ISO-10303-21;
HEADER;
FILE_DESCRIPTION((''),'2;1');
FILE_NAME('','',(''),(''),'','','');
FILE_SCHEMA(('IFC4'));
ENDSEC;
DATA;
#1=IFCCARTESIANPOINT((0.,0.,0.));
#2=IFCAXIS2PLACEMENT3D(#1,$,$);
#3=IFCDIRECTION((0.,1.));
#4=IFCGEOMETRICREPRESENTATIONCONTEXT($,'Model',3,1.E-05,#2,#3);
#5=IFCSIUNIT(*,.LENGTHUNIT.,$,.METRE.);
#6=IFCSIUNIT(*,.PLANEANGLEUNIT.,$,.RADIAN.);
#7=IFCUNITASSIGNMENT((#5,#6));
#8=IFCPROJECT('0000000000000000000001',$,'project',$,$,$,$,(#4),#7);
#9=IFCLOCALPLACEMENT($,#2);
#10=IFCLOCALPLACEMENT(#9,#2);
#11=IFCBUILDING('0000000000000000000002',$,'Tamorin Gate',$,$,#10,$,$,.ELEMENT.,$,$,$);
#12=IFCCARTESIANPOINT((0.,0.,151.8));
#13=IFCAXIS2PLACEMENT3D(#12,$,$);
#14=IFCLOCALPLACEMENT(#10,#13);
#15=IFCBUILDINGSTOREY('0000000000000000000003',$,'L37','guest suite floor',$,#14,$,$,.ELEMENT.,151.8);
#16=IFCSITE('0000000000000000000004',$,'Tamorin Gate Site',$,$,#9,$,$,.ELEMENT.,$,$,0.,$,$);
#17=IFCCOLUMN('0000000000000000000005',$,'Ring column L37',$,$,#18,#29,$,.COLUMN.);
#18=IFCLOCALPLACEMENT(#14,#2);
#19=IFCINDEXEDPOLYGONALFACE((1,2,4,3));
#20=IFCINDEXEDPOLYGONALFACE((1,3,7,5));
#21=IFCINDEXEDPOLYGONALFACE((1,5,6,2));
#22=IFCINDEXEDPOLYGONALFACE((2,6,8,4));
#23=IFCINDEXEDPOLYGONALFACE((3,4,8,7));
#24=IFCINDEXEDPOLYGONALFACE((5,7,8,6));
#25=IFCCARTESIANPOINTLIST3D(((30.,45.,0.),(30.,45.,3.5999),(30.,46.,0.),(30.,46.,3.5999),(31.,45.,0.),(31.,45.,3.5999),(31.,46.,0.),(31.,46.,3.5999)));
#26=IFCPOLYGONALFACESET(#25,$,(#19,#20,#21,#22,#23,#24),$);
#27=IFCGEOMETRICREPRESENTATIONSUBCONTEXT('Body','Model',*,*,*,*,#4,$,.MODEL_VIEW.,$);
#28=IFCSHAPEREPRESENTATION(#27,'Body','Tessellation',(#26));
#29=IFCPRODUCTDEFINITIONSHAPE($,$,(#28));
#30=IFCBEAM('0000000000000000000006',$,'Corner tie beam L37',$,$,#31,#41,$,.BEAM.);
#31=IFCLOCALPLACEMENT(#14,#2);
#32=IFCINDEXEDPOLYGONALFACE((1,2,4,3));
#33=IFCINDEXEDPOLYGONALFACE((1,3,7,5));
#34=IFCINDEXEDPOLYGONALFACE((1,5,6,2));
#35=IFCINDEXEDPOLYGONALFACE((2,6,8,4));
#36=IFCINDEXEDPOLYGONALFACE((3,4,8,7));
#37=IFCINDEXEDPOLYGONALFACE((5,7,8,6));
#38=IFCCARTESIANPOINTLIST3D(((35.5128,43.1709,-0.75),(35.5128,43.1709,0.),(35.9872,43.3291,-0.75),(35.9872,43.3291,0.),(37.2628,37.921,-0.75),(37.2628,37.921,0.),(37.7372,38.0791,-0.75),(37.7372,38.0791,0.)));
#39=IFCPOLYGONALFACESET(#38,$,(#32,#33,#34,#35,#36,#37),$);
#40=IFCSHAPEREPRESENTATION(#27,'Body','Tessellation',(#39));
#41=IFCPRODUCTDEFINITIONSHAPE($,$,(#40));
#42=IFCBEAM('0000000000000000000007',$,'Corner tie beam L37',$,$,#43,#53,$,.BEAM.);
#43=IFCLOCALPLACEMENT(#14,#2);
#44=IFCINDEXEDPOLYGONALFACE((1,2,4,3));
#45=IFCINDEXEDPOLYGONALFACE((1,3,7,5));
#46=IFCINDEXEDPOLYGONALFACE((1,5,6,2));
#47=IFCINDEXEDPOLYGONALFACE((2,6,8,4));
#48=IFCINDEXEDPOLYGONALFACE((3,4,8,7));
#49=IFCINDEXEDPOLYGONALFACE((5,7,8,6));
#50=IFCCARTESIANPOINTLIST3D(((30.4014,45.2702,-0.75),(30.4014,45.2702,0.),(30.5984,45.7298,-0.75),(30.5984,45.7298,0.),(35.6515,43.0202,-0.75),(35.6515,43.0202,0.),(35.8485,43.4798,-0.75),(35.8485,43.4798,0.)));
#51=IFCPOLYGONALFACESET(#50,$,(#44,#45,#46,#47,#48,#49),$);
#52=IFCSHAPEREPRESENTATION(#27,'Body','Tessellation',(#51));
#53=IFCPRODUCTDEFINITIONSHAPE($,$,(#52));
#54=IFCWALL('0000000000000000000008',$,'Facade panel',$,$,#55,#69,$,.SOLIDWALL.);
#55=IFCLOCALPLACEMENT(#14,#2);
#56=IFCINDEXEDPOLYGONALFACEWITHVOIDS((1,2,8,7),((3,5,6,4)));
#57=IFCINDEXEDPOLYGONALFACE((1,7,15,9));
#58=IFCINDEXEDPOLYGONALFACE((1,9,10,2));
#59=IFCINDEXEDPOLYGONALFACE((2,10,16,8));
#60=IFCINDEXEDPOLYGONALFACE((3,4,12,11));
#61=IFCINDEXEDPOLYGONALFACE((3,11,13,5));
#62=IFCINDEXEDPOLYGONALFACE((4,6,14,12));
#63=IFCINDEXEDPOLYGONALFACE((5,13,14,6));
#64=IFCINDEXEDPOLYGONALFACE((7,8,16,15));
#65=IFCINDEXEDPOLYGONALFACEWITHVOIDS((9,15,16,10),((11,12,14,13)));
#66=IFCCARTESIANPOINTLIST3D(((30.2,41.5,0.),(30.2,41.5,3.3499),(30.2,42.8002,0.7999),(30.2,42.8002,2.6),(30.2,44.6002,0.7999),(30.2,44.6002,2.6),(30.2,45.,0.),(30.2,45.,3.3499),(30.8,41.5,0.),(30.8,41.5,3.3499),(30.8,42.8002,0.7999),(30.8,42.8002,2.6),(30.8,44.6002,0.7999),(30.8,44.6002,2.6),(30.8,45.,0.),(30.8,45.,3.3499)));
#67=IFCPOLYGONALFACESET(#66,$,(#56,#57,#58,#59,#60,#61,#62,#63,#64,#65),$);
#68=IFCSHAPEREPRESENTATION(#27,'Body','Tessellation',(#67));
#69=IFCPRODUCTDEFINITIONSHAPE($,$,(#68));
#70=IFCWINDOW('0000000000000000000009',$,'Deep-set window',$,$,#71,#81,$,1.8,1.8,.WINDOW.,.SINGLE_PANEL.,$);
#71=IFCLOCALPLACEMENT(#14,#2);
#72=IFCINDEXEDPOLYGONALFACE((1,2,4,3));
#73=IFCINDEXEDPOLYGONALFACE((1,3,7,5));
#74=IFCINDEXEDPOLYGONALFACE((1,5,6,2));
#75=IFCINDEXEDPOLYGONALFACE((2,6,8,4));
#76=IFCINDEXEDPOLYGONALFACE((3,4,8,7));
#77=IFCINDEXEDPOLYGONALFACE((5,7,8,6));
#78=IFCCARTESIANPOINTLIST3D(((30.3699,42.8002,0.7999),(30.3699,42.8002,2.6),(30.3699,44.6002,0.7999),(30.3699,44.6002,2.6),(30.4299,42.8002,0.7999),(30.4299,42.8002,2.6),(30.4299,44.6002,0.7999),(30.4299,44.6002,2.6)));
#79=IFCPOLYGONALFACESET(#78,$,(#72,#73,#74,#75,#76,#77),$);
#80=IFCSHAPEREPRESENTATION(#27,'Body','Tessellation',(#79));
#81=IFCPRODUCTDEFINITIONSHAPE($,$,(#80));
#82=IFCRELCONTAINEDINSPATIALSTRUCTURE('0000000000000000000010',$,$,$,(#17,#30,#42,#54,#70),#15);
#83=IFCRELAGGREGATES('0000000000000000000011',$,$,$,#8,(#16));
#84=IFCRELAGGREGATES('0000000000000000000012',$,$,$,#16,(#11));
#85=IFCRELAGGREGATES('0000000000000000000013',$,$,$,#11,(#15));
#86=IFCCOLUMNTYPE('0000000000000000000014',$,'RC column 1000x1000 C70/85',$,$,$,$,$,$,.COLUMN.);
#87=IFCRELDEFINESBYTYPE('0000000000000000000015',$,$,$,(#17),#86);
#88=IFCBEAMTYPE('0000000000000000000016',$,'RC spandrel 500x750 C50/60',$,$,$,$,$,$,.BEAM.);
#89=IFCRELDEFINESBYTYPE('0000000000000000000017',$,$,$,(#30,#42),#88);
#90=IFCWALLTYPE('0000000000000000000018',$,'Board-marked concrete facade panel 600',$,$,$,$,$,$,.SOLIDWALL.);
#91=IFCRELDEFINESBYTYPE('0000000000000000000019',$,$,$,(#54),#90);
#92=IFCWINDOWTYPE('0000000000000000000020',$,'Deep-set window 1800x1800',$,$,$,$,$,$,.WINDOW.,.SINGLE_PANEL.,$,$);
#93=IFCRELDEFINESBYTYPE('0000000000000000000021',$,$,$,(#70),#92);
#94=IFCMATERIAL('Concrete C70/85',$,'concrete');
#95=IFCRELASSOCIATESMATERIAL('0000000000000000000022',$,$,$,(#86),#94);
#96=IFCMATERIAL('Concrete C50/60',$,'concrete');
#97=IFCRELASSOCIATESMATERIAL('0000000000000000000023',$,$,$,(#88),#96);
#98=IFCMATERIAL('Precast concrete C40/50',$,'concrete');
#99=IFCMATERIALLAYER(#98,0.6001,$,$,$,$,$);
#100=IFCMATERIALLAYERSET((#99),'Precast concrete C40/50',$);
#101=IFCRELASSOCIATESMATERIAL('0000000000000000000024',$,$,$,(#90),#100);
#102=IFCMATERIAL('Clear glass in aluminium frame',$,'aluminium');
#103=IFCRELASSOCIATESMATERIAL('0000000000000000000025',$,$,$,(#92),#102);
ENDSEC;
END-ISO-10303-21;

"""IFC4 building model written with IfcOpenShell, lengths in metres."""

from ifc_helpers import new_model, si_unit, direction, frame, frame_2d, origin, origin_2d, place, context, subcontext, project, spatial, rectangle, extrude, material, layer, layer_set, material_profile, profile_set, type_object, element, fill, save


model = new_model("IFC4")

# Units and contexts
model_context = context("Model", 3, precision=1e-05, world=origin(), true_north=direction((0.0, 1.0)))
body_context = subcontext(model_context, "Body", "Model", "MODEL_VIEW")
ifc_project = project(units=[si_unit("LENGTHUNIT", "METRE"), si_unit("PLANEANGLEUNIT", "RADIAN")], contexts=[model_context])

# Site, building, storey
site_placement = place(None, origin())
site = spatial("IfcSite", under=ifc_project, at=site_placement, Name="Tamorin Gate Site", CompositionType="ELEMENT", RefElevation=0.0)
building_placement = place(site_placement, origin())
building = spatial("IfcBuilding", under=site, at=building_placement, Name="Tamorin Gate", CompositionType="ELEMENT")
storey_placement = place(building_placement, frame((0.0, 0.0, 151.8)))
storey = spatial("IfcBuildingStorey", under=building, at=storey_placement, Name="L37", Description="guest suite floor", CompositionType="ELEMENT", Elevation=151.8)

# Column
ifc_material_1 = material(Name="Concrete C70/85", Category="concrete")
ifc_material_profile_1 = material_profile(ifc_material_1, rectangle(XDim=1.0, YDim=1.0, at=origin_2d()), Name="RC 1000x1000")
ifc_profile_set_1 = profile_set([ifc_material_profile_1], Name="Concrete C70/85")
column_type = type_object("IfcColumnType", Name="RC column 1000x1000 C70/85", PredefinedType="COLUMN", material=ifc_profile_set_1)
column_placement = place(storey_placement, frame((30.5, 45.5, 0.0), z_axis=(0.0, 0.0, 1.0), x_axis=(1.0, 0.0, 0.0)))
element("IfcColumn", 1, at=column_placement, inside=storey, type_object=column_type, Name="Ring column L37", PredefinedType="COLUMN", context=body_context, shape_type="SweptSolid", body=[
    extrude(rectangle(XDim=1.0, YDim=1.0, at=origin_2d()), origin(), (0.0, 0.0, 1.0), 3.5999),
])

# Beams
ifc_material_2 = material(Name="Concrete C50/60", Category="concrete")
ifc_material_profile_2 = material_profile(ifc_material_2, rectangle(XDim=0.5, YDim=0.75, at=origin_2d()), Name="RC 500x750")
ifc_profile_set_2 = profile_set([ifc_material_profile_2], Name="Concrete C50/60")
beam_type = type_object("IfcBeamType", Name="RC spandrel 500x750 C50/60", PredefinedType="BEAM", material=ifc_profile_set_2)
beam_1_placement = place(storey_placement, frame((35.75, 43.25, -0.375), z_axis=(0.316228, -0.948683, 0.0), x_axis=(0.948683, 0.316228, 0.0)))
element("IfcBeam", 2, at=beam_1_placement, inside=storey, type_object=beam_type, Name="Corner tie beam L37", PredefinedType="BEAM", context=body_context, shape_type="SweptSolid", body=[
    extrude(rectangle(XDim=0.5, YDim=0.75, at=origin_2d()), origin(), (0.0, 0.0, 1.0), 5.5339),
])
beam_2_placement = place(storey_placement, frame((35.75, 43.25, -0.375), z_axis=(-0.919145, 0.393919, 0.0), x_axis=(-0.393919, -0.919145, 0.0)))
element("IfcBeam", 3, at=beam_2_placement, inside=storey, type_object=beam_type, Name="Corner tie beam L37", PredefinedType="BEAM", context=body_context, shape_type="SweptSolid", body=[
    extrude(rectangle(XDim=0.5, YDim=0.75, at=origin_2d()), origin(), (0.0, 0.0, 1.0), 5.7119),
])

# Wall, opening, window
ifc_material_3 = material(Name="Precast concrete C40/50", Category="concrete")
ifc_layer_1 = layer(ifc_material_3, 0.6001)
ifc_layer_set_1 = layer_set([ifc_layer_1], Name="Precast concrete C40/50")
wall_type_1 = type_object("IfcWallType", Name="Board-marked concrete facade panel 600", PredefinedType="SOLIDWALL", material=ifc_layer_set_1)
wall_1_placement = place(storey_placement, frame((30.5, 45.0, 0.0), z_axis=(0.0, 0.0, 1.0), x_axis=(0.0, -1.0, 0.0)))
wall_1 = element("IfcWall", 4, at=wall_1_placement, inside=storey, type_object=wall_type_1, Name="Facade panel", PredefinedType="SOLIDWALL", context=body_context, shape_type="SweptSolid", body=[
    extrude(rectangle(XDim=3.5, YDim=0.6001, at=frame_2d((1.75, 0.0))), origin(), (0.0, 0.0, 1.0), 3.3499),
])
opening_1_placement = place(wall_1_placement, frame((0.3999, 0.0, 0.8)))
opening_1 = element("IfcOpeningElement", 5, at=opening_1_placement, cuts=wall_1, PredefinedType="OPENING", context=body_context, shape_type="SweptSolid", body=[
    extrude(rectangle(XDim=1.8, YDim=1.8, at=frame_2d((0.8999, 0.8999))), frame((0.0, 0.3101, 0.0), z_axis=(0.0, -1.0, 0.0), x_axis=(1.0, 0.0, 0.0)), (0.0, 0.0, 1.0), 0.6201),
])
ifc_material_4 = material(Name="Clear glass in aluminium frame", Category="aluminium")
window_type = type_object("IfcWindowType", Name="Deep-set window 1800x1800", PartitioningType="SINGLE_PANEL", PredefinedType="WINDOW", material=ifc_material_4)
window_placement = place(opening_1_placement, origin())
window = element("IfcWindow", 6, at=window_placement, inside=storey, type_object=window_type, Name="Deep-set window", OverallHeight=1.8, OverallWidth=1.8, PartitioningType="SINGLE_PANEL", PredefinedType="WINDOW", context=body_context, shape_type="SweptSolid", body=[
    extrude(rectangle(XDim=1.8, YDim=1.8, at=frame_2d((0.8999, 0.8999))), frame((0.0, -0.0701, 0.0), z_axis=(0.0, -1.0, 0.0), x_axis=(1.0, 0.0, 0.0)), (0.0, 0.0, 1.0), 0.0601),
])
fill(opening_1, window)

save(model, "model.ifc")
